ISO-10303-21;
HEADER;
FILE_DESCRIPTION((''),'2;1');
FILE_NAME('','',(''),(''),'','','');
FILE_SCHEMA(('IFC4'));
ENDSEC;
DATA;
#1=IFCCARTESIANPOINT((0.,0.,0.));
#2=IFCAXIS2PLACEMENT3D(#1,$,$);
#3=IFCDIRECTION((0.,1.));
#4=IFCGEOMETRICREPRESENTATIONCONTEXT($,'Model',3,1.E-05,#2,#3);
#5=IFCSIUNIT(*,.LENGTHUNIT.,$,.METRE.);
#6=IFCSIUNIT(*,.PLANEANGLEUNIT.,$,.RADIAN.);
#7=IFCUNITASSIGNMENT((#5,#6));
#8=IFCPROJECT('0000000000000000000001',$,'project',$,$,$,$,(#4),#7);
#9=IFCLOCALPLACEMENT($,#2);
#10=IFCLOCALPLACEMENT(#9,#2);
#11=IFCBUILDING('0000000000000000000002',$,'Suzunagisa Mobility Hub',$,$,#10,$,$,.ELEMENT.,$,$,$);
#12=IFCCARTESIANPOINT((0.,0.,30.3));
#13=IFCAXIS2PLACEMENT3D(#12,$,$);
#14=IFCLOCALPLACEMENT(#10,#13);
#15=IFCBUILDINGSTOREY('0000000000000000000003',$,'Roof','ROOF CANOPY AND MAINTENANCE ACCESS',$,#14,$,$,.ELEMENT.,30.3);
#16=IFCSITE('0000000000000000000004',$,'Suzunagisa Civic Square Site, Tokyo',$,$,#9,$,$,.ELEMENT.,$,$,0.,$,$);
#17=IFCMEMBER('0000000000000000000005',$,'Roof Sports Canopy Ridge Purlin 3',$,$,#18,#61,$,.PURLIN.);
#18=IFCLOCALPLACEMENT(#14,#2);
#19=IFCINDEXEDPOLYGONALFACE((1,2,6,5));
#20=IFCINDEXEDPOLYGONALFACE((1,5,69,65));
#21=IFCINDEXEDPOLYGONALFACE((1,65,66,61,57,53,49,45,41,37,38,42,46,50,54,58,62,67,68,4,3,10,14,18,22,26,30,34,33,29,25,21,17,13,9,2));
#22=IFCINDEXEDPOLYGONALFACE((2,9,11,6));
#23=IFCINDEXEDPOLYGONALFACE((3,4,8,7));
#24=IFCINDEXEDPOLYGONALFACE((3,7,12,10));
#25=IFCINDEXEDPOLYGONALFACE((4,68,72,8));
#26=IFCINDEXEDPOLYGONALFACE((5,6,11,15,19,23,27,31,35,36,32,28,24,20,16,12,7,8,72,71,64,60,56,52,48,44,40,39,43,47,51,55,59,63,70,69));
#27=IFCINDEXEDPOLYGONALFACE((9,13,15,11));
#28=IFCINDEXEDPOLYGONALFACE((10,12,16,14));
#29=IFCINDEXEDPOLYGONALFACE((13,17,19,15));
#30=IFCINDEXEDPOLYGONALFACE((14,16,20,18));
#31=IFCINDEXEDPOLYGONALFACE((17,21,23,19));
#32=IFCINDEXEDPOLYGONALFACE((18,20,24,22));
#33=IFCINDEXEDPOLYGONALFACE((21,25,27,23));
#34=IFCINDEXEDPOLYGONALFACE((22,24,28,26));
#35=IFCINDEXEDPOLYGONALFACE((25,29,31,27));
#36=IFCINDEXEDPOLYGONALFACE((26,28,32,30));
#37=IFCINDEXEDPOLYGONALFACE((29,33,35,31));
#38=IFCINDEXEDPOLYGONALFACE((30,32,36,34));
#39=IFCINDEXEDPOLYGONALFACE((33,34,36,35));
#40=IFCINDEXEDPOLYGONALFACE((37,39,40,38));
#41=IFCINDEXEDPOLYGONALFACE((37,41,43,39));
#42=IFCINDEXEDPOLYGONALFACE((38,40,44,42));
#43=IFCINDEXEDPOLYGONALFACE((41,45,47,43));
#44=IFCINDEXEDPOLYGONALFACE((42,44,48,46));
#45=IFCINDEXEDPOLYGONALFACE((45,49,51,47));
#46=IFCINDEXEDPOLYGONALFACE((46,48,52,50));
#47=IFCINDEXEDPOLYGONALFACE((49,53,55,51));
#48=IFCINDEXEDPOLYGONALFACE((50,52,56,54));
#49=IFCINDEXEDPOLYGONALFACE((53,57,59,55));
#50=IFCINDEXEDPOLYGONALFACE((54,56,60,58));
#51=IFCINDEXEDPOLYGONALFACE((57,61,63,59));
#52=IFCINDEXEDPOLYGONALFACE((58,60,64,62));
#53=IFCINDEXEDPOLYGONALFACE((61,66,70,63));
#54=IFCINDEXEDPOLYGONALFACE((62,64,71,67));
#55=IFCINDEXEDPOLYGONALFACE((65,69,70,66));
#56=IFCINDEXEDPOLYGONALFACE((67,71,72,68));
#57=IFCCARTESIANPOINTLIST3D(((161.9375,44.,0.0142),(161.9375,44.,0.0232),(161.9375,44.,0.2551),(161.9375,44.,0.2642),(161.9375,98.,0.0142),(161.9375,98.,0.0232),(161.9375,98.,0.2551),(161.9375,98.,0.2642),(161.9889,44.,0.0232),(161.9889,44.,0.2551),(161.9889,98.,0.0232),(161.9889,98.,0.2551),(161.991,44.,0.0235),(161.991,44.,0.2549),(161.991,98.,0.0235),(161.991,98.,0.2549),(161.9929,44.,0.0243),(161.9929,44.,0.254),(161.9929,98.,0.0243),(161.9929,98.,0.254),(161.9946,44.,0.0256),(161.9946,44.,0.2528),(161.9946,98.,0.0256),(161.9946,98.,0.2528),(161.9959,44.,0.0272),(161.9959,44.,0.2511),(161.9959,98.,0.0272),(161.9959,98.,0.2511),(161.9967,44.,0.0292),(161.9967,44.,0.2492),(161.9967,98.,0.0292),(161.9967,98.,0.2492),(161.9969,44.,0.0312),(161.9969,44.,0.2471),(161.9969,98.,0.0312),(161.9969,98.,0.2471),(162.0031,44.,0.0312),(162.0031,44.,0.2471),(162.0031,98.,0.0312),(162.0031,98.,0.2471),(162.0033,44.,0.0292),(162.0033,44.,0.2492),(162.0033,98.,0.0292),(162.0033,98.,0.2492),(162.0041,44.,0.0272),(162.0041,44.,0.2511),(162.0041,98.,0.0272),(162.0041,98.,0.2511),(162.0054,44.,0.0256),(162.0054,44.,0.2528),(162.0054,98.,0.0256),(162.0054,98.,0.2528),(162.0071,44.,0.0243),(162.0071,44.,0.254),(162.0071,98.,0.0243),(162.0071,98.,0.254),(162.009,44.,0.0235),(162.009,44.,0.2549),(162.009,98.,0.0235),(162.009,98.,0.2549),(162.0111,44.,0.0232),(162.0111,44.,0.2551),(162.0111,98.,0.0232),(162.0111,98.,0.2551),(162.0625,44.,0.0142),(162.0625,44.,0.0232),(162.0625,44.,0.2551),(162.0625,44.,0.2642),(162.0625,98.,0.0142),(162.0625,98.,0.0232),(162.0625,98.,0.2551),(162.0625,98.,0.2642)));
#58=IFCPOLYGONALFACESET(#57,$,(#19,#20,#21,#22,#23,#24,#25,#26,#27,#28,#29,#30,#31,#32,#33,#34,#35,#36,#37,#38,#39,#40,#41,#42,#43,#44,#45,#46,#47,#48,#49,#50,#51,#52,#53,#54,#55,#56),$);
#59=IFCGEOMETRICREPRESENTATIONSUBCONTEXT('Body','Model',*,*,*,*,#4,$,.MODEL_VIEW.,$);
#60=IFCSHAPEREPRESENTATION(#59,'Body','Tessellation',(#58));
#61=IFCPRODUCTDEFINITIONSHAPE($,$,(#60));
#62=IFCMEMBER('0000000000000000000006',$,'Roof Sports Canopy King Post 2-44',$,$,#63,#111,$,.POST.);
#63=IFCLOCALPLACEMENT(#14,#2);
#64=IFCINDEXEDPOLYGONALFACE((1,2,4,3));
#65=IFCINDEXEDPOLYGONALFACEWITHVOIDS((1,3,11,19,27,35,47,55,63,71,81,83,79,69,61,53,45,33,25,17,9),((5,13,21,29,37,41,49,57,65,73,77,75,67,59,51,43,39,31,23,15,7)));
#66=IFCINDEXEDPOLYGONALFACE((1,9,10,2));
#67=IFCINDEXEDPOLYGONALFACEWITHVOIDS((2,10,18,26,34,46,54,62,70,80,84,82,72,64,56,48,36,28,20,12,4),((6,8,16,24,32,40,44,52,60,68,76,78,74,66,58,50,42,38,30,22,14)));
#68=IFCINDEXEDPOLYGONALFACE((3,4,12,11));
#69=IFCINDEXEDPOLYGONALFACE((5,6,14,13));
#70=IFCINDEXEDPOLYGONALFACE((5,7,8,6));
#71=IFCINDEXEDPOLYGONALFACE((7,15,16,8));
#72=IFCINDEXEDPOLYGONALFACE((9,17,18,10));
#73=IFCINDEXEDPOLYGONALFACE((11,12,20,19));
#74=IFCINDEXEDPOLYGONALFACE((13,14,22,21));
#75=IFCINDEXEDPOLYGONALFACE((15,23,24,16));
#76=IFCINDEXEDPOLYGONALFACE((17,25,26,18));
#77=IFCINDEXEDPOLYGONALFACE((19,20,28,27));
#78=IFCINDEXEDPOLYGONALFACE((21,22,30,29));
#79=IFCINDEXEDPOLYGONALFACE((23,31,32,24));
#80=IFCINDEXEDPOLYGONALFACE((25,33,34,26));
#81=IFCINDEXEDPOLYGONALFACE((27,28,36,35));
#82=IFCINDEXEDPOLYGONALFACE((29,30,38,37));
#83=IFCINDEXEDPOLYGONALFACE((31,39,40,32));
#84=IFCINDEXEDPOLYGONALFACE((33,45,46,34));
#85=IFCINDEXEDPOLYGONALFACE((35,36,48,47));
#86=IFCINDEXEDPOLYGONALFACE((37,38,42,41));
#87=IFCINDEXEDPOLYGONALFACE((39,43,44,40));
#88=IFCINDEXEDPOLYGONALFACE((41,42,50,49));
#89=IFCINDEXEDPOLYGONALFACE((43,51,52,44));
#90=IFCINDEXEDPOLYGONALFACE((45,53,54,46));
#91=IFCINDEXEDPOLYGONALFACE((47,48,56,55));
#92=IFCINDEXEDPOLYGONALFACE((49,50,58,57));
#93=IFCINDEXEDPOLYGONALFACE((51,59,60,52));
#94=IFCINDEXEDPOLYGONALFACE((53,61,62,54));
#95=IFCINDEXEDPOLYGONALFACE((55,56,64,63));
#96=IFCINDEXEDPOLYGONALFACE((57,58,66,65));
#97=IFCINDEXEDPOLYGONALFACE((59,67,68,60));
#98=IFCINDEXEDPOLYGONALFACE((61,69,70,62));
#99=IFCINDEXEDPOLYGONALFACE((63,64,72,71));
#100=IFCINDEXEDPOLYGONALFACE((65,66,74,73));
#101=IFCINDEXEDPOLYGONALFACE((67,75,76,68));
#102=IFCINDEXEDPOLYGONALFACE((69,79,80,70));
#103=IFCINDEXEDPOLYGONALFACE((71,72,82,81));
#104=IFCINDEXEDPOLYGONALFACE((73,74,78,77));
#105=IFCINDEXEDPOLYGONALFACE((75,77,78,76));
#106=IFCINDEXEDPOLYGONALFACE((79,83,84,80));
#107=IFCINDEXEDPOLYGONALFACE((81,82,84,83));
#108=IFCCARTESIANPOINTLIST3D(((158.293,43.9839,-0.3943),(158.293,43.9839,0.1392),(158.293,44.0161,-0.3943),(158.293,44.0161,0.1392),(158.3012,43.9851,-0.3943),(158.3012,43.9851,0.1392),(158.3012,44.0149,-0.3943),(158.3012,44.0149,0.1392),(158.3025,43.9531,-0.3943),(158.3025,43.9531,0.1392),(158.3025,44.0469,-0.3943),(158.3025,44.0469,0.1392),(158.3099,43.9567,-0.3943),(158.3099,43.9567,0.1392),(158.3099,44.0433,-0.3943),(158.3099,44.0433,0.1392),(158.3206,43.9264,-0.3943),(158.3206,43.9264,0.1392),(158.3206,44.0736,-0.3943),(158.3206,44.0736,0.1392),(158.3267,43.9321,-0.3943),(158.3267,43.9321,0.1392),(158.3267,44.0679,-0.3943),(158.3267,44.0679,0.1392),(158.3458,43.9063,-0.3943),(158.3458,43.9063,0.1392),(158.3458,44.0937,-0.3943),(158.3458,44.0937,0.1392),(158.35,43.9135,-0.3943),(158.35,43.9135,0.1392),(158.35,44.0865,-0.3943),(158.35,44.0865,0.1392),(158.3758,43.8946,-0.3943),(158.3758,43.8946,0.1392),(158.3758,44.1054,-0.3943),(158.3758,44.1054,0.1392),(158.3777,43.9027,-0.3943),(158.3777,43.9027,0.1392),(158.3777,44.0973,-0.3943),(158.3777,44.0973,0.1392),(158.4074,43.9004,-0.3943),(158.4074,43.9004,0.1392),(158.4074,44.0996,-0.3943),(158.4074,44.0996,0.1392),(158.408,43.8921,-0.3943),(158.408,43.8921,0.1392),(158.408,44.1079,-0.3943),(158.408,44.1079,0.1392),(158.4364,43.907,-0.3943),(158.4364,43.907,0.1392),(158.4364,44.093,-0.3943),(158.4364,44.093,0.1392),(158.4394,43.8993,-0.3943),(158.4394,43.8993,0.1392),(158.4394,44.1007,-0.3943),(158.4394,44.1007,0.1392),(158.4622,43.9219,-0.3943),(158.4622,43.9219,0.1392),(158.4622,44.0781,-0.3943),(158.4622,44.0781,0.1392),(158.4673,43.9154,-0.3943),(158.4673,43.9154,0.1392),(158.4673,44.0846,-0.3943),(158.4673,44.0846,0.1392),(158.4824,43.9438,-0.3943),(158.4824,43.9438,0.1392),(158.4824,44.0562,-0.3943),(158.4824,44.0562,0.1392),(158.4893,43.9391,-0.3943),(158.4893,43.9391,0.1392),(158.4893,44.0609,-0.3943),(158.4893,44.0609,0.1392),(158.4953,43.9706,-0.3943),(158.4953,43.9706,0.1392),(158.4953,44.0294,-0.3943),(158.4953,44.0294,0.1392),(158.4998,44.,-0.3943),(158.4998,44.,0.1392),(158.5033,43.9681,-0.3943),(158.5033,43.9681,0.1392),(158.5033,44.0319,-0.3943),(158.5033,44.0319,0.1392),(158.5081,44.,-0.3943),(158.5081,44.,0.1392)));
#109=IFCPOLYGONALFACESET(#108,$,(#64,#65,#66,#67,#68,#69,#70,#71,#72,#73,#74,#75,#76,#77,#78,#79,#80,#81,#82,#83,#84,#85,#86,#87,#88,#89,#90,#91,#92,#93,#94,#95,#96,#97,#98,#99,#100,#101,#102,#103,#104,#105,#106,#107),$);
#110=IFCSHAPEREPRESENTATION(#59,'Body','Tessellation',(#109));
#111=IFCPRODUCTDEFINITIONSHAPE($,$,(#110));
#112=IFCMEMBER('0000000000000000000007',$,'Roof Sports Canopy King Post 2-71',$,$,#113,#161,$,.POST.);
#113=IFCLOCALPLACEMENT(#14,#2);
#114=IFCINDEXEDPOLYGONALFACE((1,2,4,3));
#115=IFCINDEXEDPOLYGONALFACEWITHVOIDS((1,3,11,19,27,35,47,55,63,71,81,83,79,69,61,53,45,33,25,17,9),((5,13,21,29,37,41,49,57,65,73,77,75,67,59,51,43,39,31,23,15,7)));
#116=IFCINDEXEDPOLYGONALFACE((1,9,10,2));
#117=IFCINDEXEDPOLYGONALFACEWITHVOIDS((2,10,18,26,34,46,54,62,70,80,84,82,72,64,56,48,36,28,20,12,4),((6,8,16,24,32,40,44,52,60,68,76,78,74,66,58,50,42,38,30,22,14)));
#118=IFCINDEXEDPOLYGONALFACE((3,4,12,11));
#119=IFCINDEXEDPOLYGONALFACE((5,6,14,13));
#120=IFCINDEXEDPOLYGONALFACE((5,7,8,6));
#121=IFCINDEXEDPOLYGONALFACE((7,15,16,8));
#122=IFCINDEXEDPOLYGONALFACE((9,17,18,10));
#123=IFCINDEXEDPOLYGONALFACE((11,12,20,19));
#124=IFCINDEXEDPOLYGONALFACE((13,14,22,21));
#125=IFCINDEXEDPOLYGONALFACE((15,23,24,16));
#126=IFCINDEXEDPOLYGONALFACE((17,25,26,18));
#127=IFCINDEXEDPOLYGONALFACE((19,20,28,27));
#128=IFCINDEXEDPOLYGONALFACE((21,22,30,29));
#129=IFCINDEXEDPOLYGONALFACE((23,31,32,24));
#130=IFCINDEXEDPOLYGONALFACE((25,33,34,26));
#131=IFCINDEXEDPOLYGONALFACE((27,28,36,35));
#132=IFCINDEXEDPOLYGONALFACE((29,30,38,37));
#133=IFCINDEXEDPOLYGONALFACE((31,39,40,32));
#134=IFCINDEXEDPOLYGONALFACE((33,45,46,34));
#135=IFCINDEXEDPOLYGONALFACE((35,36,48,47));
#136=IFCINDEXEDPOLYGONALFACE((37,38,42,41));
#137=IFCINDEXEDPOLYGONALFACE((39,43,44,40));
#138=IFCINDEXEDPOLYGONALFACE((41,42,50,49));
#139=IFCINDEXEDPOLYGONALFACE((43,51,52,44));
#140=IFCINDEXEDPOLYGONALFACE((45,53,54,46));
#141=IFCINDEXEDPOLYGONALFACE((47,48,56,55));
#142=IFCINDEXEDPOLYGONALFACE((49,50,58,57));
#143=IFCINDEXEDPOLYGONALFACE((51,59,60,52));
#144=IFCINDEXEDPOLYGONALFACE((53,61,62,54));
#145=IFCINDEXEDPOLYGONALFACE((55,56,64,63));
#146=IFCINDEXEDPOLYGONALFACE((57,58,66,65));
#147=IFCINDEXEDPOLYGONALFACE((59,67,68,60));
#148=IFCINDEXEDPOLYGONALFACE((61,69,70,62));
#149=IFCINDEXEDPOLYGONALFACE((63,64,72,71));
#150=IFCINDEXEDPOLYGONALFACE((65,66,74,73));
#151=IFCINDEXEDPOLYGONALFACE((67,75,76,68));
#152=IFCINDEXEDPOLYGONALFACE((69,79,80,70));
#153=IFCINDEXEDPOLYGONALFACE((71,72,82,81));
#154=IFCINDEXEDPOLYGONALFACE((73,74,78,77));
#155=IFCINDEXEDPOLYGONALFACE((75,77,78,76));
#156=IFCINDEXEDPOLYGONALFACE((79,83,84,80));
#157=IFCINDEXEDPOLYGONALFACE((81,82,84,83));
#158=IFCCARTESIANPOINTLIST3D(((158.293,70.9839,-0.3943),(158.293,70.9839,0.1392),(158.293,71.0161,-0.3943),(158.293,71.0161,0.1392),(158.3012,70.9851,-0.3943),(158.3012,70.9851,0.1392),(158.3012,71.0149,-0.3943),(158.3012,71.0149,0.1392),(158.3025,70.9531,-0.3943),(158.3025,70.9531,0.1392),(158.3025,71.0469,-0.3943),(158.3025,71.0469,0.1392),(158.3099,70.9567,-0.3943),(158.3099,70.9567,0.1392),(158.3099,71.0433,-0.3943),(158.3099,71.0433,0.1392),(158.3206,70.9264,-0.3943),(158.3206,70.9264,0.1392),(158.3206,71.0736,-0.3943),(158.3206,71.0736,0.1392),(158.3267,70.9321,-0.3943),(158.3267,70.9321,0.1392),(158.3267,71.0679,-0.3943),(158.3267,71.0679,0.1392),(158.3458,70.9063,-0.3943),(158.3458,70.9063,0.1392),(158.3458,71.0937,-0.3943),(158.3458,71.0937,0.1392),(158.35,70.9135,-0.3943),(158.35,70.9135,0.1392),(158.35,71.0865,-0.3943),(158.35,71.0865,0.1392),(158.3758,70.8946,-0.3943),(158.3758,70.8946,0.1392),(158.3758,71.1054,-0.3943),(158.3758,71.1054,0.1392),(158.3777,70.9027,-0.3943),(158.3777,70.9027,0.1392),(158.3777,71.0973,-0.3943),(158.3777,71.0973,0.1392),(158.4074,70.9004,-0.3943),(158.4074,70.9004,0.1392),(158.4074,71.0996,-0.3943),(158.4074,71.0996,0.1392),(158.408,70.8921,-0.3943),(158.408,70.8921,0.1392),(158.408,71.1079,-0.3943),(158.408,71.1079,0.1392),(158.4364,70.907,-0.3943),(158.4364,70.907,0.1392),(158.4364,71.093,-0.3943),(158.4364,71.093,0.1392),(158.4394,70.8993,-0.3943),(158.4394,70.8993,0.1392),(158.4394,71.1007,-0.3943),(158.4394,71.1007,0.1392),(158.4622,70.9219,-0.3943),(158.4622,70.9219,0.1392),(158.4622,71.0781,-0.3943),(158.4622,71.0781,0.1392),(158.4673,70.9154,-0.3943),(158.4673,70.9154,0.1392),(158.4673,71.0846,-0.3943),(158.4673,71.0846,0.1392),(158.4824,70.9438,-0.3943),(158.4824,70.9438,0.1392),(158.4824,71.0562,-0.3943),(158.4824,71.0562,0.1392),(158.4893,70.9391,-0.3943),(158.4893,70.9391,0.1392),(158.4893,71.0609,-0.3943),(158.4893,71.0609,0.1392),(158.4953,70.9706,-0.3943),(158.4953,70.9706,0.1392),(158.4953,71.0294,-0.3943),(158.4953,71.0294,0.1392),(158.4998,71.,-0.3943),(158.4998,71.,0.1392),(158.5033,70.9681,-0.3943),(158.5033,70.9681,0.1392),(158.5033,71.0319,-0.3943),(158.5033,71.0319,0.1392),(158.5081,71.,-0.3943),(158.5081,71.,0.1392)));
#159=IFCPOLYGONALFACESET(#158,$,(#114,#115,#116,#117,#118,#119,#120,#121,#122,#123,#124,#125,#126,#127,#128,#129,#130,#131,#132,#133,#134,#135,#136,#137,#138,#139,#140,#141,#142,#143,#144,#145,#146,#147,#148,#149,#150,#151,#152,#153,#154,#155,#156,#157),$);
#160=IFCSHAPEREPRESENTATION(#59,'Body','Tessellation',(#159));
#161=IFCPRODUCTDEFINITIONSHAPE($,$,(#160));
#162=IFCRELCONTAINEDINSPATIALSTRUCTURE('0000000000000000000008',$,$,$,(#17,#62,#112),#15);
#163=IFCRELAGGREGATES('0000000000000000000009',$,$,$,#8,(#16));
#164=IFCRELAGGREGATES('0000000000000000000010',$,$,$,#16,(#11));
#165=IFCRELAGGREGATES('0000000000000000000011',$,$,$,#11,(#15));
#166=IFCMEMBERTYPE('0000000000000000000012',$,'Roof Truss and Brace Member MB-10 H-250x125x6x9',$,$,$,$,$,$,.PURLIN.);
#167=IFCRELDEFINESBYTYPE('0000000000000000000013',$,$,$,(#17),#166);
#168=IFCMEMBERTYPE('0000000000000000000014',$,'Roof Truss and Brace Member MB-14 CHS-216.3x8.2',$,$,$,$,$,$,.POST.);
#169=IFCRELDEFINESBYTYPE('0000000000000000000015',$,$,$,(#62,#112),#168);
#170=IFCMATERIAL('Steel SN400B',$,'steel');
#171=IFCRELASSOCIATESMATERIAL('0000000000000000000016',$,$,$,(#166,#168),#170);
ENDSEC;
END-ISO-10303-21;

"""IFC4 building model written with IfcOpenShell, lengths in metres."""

from ifc_helpers import new_model, si_unit, direction, frame, origin, origin_2d, place, context, subcontext, project, spatial, hollow_circle, i_section, extrude, material, material_profile, profile_set, type_object, element, save


model = new_model("IFC4")

# Units and contexts
model_context = context("Model", 3, precision=1e-05, world=origin(), true_north=direction((0.0, 1.0)))
body_context = subcontext(model_context, "Body", "Model", "MODEL_VIEW")
ifc_project = project(units=[si_unit("LENGTHUNIT", "METRE"), si_unit("PLANEANGLEUNIT", "RADIAN")], contexts=[model_context])

# Site, building, storey
site_placement = place(None, origin())
site = spatial("IfcSite", under=ifc_project, at=site_placement, Name="Suzunagisa Civic Square Site, Tokyo", CompositionType="ELEMENT", RefElevation=0.0)
building_placement = place(site_placement, origin())
building = spatial("IfcBuilding", under=site, at=building_placement, Name="Suzunagisa Mobility Hub", CompositionType="ELEMENT")
storey_placement = place(building_placement, frame((0.0, 0.0, 30.3)))
storey = spatial("IfcBuildingStorey", under=building, at=storey_placement, Name="Roof", Description="ROOF CANOPY AND MAINTENANCE ACCESS", CompositionType="ELEMENT", Elevation=30.3)

# Members
ifc_material_1 = material(Name="Steel SN400B", Category="steel")
ifc_material_profile_1 = material_profile(ifc_material_1, i_section(OverallWidth=0.125, OverallDepth=0.25, WebThickness=0.0061, FlangeThickness=0.009, FilletRadius=0.0081, at=origin_2d()), Name="H-250x125x6x9")
ifc_profile_set_1 = profile_set([ifc_material_profile_1], Name="Steel SN400B")
member_type_1 = type_object("IfcMemberType", Name="Roof Truss and Brace Member MB-10 H-250x125x6x9", PredefinedType="PURLIN", material=ifc_profile_set_1)
member_placement = place(storey_placement, frame((162.0, 44.0, 0.1392), z_axis=(0.0, 1.0, 0.0), x_axis=(-1.0, 0.0, 0.0)))
element("IfcMember", 1, at=member_placement, inside=storey, type_object=member_type_1, Name="Roof Sports Canopy Ridge Purlin 3", PredefinedType="PURLIN", context=body_context, shape_type="SweptSolid", body=[
    extrude(i_section(OverallWidth=0.125, OverallDepth=0.25, WebThickness=0.0061, FlangeThickness=0.009, FilletRadius=0.0081, at=origin_2d()), origin(), (0.0, 0.0, 1.0), 54.0),
])
ifc_material_profile_2 = material_profile(ifc_material_1, hollow_circle(Radius=0.1082, WallThickness=0.0083, at=origin_2d()), Name="CHS-216.3x8.2")
ifc_profile_set_2 = profile_set([ifc_material_profile_2], Name="Steel SN400B")
member_type_2 = type_object("IfcMemberType", Name="Roof Truss and Brace Member MB-14 CHS-216.3x8.2", PredefinedType="POST", material=ifc_profile_set_2)
for number, where, z_axis, x_axis, name in (
    (2, (158.3999, 44.0, -0.3943), (0.0, 0.0, 1.0), (1.0, 0.0, 0.0), "Roof Sports Canopy King Post 2-44"),
    (3, (158.3999, 71.0, -0.3943), (0.0, 0.0, 1.0), (1.0, 0.0, 0.0), "Roof Sports Canopy King Post 2-71"),
):
    element("IfcMember", number, at=place(storey_placement, frame(where, z_axis=z_axis, x_axis=x_axis)), inside=storey, type_object=member_type_2, Name=name, PredefinedType="POST", context=body_context, shape_type="SweptSolid", body=[
        extrude(hollow_circle(Radius=0.1082, WallThickness=0.0083, at=origin_2d()), origin(), (0.0, 0.0, 1.0), 0.5334),
    ])

save(model, "model.ifc")
